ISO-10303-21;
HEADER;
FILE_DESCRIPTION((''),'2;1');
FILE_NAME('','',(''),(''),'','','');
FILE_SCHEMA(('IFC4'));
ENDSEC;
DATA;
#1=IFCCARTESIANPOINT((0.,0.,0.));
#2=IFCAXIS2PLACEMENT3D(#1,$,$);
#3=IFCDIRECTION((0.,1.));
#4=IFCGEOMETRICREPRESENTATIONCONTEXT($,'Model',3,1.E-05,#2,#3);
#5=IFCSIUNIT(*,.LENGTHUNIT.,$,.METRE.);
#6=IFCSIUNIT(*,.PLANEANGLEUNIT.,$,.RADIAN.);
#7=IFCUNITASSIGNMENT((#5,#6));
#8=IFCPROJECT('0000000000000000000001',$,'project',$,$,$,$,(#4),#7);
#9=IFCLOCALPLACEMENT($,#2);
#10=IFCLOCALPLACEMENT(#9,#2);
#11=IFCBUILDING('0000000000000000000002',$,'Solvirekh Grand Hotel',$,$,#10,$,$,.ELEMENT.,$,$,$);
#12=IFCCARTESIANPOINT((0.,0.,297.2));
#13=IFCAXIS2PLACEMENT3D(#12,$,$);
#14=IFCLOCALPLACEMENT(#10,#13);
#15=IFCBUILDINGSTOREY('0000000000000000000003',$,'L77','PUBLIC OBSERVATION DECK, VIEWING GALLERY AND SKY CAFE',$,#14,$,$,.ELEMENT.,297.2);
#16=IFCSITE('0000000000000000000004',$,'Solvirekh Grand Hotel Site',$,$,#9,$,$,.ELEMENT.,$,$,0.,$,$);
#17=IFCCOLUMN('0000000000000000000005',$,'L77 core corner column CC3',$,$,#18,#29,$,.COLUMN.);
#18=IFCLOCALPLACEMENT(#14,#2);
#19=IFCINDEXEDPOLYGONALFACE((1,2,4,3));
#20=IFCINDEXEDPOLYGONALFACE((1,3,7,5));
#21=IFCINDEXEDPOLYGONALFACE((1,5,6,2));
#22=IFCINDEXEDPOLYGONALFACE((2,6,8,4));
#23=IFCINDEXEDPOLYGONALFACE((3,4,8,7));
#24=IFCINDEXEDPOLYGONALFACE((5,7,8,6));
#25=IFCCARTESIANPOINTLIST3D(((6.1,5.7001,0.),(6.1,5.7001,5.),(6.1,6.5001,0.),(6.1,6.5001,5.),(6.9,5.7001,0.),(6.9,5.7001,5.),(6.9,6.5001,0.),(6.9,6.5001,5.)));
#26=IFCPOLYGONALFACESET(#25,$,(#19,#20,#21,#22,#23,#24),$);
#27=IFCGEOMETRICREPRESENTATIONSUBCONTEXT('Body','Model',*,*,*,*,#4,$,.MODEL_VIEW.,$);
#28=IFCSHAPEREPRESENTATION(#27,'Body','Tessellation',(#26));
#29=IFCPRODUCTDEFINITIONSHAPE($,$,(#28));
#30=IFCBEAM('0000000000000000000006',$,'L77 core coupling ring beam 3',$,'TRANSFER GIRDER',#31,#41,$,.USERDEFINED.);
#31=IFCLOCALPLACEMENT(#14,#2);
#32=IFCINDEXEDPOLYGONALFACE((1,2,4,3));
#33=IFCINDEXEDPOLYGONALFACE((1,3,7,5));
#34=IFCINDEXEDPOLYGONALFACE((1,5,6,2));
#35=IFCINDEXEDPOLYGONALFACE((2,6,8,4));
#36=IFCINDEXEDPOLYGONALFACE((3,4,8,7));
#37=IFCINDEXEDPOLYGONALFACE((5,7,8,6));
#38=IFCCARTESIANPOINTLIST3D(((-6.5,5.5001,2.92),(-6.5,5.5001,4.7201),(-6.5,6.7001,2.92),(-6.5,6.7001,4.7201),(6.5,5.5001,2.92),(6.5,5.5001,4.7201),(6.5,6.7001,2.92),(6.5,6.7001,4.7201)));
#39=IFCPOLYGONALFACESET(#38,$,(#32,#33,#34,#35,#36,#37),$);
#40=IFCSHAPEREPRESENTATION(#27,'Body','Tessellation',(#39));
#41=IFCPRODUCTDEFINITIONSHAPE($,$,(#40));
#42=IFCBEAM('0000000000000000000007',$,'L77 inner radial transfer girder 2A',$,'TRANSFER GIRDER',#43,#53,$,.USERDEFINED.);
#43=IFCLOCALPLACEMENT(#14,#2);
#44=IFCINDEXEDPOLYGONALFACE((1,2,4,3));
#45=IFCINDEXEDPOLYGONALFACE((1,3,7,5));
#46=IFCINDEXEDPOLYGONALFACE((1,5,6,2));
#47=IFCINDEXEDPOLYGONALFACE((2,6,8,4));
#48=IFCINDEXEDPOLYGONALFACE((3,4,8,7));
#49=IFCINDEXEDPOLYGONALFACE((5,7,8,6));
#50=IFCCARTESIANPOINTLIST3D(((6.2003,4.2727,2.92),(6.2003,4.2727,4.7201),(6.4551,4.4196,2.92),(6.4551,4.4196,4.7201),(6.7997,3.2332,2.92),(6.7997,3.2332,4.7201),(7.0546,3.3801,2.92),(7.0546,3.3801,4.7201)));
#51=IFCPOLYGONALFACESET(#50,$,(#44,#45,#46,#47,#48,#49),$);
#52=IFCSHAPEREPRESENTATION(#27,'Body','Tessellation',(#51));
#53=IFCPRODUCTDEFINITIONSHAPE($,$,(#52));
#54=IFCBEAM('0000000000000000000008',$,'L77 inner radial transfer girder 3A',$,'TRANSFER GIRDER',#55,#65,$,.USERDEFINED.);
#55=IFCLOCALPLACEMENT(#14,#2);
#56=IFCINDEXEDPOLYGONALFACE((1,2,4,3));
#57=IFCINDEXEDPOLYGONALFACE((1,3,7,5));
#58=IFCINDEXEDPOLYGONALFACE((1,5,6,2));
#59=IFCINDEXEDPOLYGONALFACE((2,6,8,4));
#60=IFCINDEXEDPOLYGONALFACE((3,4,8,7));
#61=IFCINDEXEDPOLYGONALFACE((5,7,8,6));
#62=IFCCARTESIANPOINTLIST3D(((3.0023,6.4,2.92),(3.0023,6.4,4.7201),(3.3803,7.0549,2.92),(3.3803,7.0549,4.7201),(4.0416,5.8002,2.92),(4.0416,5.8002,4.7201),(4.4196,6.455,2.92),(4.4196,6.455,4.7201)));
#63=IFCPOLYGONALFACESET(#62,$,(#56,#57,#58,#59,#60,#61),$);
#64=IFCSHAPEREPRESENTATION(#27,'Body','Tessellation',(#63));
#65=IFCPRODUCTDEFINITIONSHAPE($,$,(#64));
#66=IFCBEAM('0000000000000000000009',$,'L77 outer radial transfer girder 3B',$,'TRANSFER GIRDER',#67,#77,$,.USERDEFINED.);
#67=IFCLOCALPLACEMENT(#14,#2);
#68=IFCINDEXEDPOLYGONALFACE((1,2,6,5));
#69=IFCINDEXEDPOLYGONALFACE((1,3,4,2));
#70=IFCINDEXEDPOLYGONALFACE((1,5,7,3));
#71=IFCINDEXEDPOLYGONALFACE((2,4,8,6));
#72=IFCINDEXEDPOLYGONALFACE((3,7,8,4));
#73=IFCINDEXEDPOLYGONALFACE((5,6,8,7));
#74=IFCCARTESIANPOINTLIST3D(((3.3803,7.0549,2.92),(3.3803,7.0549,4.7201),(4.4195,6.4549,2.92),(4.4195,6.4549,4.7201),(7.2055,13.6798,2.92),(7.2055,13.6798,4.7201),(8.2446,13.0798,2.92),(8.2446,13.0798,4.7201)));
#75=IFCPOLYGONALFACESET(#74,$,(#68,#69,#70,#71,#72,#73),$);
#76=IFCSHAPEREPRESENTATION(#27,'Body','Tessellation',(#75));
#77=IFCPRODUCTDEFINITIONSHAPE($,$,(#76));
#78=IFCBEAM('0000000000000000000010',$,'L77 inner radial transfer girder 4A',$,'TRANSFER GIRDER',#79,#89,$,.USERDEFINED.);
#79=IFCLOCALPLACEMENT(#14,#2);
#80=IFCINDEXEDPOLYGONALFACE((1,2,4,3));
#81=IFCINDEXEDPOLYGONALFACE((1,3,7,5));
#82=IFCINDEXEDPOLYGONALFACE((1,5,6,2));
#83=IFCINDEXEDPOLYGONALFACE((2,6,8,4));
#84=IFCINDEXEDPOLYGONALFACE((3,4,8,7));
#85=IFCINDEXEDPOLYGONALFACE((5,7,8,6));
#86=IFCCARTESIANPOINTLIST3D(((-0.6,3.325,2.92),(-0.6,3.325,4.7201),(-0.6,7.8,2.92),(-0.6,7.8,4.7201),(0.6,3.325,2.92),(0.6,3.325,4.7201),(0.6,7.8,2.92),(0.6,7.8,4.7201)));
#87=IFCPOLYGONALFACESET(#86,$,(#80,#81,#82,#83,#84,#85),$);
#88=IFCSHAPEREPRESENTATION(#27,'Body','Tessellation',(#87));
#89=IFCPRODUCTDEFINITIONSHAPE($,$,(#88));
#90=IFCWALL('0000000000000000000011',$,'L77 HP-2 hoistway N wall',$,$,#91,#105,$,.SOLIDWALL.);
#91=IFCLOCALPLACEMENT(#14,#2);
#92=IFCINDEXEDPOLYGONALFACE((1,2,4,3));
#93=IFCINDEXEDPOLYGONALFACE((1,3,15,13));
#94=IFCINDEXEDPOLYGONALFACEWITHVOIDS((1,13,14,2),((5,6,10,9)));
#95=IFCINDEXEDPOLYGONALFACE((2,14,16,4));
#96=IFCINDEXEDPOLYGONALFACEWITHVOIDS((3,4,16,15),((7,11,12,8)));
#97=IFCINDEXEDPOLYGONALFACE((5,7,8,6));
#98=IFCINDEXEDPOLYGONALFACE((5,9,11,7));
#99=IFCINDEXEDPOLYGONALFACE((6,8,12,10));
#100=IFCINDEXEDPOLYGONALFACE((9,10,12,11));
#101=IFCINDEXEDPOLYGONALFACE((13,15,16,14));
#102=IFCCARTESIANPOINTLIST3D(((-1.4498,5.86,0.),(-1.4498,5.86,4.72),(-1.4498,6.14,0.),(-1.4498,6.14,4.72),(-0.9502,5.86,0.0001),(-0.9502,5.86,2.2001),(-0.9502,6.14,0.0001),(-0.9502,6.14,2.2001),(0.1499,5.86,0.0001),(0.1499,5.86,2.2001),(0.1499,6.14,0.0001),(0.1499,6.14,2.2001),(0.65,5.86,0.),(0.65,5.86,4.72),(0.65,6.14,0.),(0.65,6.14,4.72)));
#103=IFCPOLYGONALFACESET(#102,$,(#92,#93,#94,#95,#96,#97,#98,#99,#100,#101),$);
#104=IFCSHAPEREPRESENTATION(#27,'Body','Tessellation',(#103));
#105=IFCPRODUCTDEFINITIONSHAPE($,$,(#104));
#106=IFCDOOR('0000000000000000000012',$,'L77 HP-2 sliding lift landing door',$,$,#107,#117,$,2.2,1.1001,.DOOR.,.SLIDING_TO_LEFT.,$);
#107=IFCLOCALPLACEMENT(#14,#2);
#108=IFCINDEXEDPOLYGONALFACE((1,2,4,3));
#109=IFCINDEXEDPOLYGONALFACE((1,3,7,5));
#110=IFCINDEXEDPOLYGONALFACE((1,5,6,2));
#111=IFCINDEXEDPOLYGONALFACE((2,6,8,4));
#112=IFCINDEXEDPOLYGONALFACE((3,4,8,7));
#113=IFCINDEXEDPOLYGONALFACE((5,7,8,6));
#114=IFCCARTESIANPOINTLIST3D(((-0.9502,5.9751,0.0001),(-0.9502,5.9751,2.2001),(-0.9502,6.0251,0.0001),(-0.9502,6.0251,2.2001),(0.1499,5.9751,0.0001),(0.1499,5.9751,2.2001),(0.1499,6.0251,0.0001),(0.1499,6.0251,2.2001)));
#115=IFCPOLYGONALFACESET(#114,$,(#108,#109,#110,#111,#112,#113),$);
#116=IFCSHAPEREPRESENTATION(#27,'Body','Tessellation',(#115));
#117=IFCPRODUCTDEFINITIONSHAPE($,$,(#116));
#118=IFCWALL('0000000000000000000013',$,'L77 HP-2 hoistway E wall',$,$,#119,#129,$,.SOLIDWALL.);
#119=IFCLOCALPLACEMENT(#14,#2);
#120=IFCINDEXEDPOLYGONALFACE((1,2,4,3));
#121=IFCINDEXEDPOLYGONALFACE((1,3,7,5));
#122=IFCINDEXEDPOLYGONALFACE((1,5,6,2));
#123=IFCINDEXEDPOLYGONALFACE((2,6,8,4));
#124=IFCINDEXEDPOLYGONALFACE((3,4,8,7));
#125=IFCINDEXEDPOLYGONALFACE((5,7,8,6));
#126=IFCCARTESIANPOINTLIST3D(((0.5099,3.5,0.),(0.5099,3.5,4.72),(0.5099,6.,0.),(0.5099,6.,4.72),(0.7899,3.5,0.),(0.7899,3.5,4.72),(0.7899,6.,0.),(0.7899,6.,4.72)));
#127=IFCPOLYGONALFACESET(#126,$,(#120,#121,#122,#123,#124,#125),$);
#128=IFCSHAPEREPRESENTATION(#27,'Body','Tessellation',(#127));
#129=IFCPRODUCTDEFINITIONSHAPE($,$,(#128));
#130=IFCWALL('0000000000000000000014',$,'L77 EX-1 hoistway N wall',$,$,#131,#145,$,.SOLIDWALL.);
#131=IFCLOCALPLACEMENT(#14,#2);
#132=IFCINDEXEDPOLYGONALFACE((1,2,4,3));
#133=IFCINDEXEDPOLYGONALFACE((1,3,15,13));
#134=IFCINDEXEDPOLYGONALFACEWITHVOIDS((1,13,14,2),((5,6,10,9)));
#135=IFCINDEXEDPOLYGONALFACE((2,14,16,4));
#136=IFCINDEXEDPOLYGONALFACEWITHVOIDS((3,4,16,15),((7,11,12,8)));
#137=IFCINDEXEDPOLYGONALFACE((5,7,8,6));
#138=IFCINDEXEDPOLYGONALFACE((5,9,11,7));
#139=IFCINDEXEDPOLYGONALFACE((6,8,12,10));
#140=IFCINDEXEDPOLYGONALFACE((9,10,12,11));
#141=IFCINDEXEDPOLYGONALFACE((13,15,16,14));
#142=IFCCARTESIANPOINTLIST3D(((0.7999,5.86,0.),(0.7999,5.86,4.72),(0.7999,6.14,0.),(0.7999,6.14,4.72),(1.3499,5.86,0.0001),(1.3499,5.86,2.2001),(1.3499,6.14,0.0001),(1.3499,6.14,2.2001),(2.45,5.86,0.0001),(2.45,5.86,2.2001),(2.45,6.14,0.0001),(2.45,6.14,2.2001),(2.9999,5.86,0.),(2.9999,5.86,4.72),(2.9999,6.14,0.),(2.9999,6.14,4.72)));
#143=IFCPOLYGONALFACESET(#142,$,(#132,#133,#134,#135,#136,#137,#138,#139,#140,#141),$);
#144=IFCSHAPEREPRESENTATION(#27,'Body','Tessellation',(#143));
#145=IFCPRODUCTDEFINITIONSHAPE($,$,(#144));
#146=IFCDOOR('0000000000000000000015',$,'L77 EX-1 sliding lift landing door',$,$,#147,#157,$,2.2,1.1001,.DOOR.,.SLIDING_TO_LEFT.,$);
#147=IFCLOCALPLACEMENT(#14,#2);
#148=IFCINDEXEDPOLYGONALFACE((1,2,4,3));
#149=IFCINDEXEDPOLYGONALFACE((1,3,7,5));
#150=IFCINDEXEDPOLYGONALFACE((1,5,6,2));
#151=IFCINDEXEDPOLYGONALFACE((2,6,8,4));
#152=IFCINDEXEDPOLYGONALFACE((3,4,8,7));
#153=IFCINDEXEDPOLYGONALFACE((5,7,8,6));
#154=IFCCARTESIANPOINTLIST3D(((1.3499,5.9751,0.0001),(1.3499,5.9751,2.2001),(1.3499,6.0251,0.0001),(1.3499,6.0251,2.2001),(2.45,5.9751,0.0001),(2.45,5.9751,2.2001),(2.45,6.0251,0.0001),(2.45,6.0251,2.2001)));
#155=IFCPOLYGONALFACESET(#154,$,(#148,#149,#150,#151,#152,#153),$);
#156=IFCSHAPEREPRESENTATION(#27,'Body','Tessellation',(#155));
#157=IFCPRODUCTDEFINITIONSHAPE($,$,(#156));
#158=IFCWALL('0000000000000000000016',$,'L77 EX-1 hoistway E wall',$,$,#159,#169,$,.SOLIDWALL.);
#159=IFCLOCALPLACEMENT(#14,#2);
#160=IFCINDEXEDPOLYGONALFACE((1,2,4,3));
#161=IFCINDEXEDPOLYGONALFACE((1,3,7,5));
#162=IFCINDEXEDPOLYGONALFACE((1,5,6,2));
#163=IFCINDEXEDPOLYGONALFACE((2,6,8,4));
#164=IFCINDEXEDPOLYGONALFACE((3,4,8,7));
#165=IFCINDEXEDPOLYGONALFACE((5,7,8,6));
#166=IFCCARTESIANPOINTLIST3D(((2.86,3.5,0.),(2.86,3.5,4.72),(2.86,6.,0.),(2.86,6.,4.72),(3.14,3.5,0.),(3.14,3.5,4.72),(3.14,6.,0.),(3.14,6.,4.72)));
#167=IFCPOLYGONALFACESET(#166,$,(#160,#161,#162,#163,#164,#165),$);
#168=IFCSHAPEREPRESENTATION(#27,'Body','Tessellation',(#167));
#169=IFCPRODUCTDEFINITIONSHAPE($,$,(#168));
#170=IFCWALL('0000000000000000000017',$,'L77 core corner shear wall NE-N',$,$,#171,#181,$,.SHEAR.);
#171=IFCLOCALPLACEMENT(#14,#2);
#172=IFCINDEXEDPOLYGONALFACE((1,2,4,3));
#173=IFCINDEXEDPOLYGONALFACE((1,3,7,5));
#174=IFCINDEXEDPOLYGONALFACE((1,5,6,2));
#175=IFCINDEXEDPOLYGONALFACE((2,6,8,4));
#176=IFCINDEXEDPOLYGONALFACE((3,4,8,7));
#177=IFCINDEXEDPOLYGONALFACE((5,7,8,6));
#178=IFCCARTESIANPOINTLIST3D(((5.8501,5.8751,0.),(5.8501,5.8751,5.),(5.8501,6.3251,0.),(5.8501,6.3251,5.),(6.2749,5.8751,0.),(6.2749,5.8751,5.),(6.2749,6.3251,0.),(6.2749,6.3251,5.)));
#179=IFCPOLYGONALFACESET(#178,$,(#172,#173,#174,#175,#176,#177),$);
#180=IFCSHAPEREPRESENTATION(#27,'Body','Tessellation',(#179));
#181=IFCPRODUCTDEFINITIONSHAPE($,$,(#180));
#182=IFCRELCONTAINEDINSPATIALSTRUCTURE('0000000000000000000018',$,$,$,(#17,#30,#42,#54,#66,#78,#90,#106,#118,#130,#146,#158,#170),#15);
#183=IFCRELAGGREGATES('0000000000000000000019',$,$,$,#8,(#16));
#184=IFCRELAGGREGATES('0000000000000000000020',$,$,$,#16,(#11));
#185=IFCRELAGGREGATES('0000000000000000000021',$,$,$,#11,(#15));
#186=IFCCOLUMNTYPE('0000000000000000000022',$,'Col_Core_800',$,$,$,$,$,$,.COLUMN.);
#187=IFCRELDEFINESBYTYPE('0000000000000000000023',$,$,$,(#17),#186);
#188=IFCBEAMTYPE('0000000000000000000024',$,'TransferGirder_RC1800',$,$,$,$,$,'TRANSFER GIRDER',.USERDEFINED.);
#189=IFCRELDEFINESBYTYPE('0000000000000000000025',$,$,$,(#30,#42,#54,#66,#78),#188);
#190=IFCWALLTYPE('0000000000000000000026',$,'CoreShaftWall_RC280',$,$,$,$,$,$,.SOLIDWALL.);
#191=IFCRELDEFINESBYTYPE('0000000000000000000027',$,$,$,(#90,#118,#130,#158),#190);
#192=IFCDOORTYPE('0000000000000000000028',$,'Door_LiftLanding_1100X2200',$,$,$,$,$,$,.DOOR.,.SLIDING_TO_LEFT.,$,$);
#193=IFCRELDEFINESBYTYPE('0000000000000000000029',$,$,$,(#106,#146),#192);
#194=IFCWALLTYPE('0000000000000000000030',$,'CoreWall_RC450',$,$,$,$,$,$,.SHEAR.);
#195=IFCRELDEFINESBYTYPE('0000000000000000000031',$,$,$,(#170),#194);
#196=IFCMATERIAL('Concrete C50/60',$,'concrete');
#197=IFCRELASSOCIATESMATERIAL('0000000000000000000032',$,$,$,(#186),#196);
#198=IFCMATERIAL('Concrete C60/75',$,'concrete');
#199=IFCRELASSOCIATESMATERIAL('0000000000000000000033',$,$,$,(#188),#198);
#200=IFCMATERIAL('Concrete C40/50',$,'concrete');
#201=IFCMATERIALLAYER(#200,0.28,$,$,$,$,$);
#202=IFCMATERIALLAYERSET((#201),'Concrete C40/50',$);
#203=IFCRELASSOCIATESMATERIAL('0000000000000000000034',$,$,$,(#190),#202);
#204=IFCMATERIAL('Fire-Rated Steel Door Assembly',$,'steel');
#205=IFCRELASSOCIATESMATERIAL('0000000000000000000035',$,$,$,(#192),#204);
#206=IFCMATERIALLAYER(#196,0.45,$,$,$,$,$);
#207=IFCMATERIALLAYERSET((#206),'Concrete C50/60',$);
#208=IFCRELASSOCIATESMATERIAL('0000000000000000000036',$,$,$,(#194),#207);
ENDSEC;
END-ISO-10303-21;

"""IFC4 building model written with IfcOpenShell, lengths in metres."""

from ifc_helpers import new_model, si_unit, direction, frame, frame_2d, origin, origin_2d, place, context, subcontext, project, spatial, rectangle, extrude, material, layer, layer_set, material_profile, profile_set, type_object, element, fill, save


model = new_model("IFC4")

# Units and contexts
model_context = context("Model", 3, precision=1e-05, world=origin(), true_north=direction((0.0, 1.0)))
body_context = subcontext(model_context, "Body", "Model", "MODEL_VIEW")
ifc_project = project(units=[si_unit("LENGTHUNIT", "METRE"), si_unit("PLANEANGLEUNIT", "RADIAN")], contexts=[model_context])

# Site, building, storey
site_placement = place(None, origin())
site = spatial("IfcSite", under=ifc_project, at=site_placement, Name="Solvirekh Grand Hotel Site", CompositionType="ELEMENT", RefElevation=0.0)
building_placement = place(site_placement, origin())
building = spatial("IfcBuilding", under=site, at=building_placement, Name="Solvirekh Grand Hotel", CompositionType="ELEMENT")
storey_placement = place(building_placement, frame((0.0, 0.0, 297.2)))
storey = spatial("IfcBuildingStorey", under=building, at=storey_placement, Name="L77", Description="PUBLIC OBSERVATION DECK, VIEWING GALLERY AND SKY CAFE", CompositionType="ELEMENT", Elevation=297.2)

# Column
ifc_material_1 = material(Name="Concrete C50/60", Category="concrete")
ifc_material_profile_1 = material_profile(ifc_material_1, rectangle(XDim=0.8, YDim=0.8, at=origin_2d()), Name="RC 800X800")
ifc_profile_set_1 = profile_set([ifc_material_profile_1], Name="Concrete C50/60")
column_type = type_object("IfcColumnType", Name="Col_Core_800", PredefinedType="COLUMN", material=ifc_profile_set_1)
column_placement = place(storey_placement, frame((6.5, 6.1001, 0.0), z_axis=(0.0, 0.0, 1.0), x_axis=(1.0, 0.0, 0.0)))
element("IfcColumn", 1, at=column_placement, inside=storey, type_object=column_type, Name="L77 core corner column CC3", PredefinedType="COLUMN", context=body_context, shape_type="SweptSolid", body=[
    extrude(rectangle(XDim=0.8, YDim=0.8, at=origin_2d()), origin(), (0.0, 0.0, 1.0), 5.0),
])

# Beams
ifc_material_2 = material(Name="Concrete C60/75", Category="concrete")
ifc_material_profile_2 = material_profile(ifc_material_2, rectangle(XDim=1.2, YDim=1.8, at=origin_2d()), Name="RC GIRDER 1200X1800")
ifc_profile_set_2 = profile_set([ifc_material_profile_2], Name="Concrete C60/75")
beam_type = type_object("IfcBeamType", Name="TransferGirder_RC1800", ElementType="TRANSFER GIRDER", PredefinedType="USERDEFINED", material=ifc_profile_set_2)
beam_1_placement = place(storey_placement, frame((6.5, 6.1001, 3.8201), z_axis=(-1.0, 0.0, 0.0), x_axis=(0.0, -1.0, 0.0)))
element("IfcBeam", 2, at=beam_1_placement, inside=storey, type_object=beam_type, Name="L77 core coupling ring beam 3", ObjectType="TRANSFER GIRDER", PredefinedType="USERDEFINED", context=body_context, shape_type="SweptSolid", body=[
    extrude(rectangle(XDim=1.2, YDim=1.8, at=origin_2d()), origin(), (0.0, 0.0, 1.0), 13.0),
])
beam_2_placement = place(storey_placement, frame((6.5, 3.7529, 3.8201), z_axis=(0.866296, 0.499531, 0.0), x_axis=(-0.499531, 0.866296, 0.0)))
element("IfcBeam", 3, at=beam_2_placement, inside=storey, type_object=beam_type, Name="L77 inner radial transfer girder 2A", ObjectType="TRANSFER GIRDER", PredefinedType="USERDEFINED", context=body_context, shape_type="SweptSolid", body=[
    extrude(rectangle(XDim=1.2, YDim=1.8, at=origin_2d()), origin(), (0.0, 0.0, 1.0), 0.2942),
])
beam_3_placement = place(storey_placement, frame((3.522, 6.1001, 3.8201), z_axis=(0.49989, 0.866089, 0.0), x_axis=(-0.866089, 0.49989, 0.0)))
element("IfcBeam", 4, at=beam_3_placement, inside=storey, type_object=beam_type, Name="L77 inner radial transfer girder 3A", ObjectType="TRANSFER GIRDER", PredefinedType="USERDEFINED", context=body_context, shape_type="SweptSolid", body=[
    extrude(rectangle(XDim=1.2, YDim=1.8, at=origin_2d()), origin(), (0.0, 0.0, 1.0), 0.7561),
])
beam_4_placement = place(storey_placement, frame((3.8999, 6.7549, 3.8201), z_axis=(0.500024, 0.866011, 0.0), x_axis=(-0.866011, 0.500024, 0.0)))
element("IfcBeam", 5, at=beam_4_placement, inside=storey, type_object=beam_type, Name="L77 outer radial transfer girder 3B", ObjectType="TRANSFER GIRDER", PredefinedType="USERDEFINED", context=body_context, shape_type="SweptSolid", body=[
    extrude(rectangle(XDim=1.2, YDim=1.8, at=origin_2d()), origin(), (0.0, 0.0, 1.0), 7.6499),
])
beam_5_placement = place(storey_placement, frame((0.0, 3.325, 3.8201), z_axis=(0.0, 1.0, 0.0), x_axis=(-1.0, 0.0, 0.0)))
element("IfcBeam", 6, at=beam_5_placement, inside=storey, type_object=beam_type, Name="L77 inner radial transfer girder 4A", ObjectType="TRANSFER GIRDER", PredefinedType="USERDEFINED", context=body_context, shape_type="SweptSolid", body=[
    extrude(rectangle(XDim=1.2, YDim=1.8, at=origin_2d()), origin(), (0.0, 0.0, 1.0), 4.4751),
])

# Wall, opening, door
ifc_material_3 = material(Name="Concrete C40/50", Category="concrete")
ifc_layer_1 = layer(ifc_material_3, 0.28)
ifc_layer_set_1 = layer_set([ifc_layer_1], Name="Concrete C40/50")
wall_type_1 = type_object("IfcWallType", Name="CoreShaftWall_RC280", PredefinedType="SOLIDWALL", material=ifc_layer_set_1)
wall_1_placement = place(storey_placement, frame((0.6499, 6.0, 0.0), z_axis=(0.0, 0.0, 1.0), x_axis=(-1.0, 0.0, 0.0)))
wall_1 = element("IfcWall", 7, at=wall_1_placement, inside=storey, type_object=wall_type_1, Name="L77 HP-2 hoistway N wall", PredefinedType="SOLIDWALL", context=body_context, shape_type="SweptSolid", body=[
    extrude(rectangle(XDim=2.0999, YDim=0.28, at=frame_2d((1.0498, 0.0))), origin(), (0.0, 0.0, 1.0), 4.72),
])
opening_1_placement = place(wall_1_placement, frame((0.5, 0.0, 0.0)))
opening_1 = element("IfcOpeningElement", 8, at=opening_1_placement, cuts=wall_1, PredefinedType="OPENING", context=body_context, shape_type="SweptSolid", body=[
    extrude(rectangle(XDim=1.1001, YDim=2.2, at=frame_2d((0.55, 1.1001))), frame((0.0, 0.1499, 0.0), z_axis=(0.0, -1.0, 0.0), x_axis=(1.0, 0.0, 0.0)), (0.0, 0.0, 1.0), 0.3),
])
ifc_material_4 = material(Name="Fire-Rated Steel Door Assembly", Category="steel")
door_type = type_object("IfcDoorType", Name="Door_LiftLanding_1100X2200", OperationType="SLIDING_TO_LEFT", PredefinedType="DOOR", material=ifc_material_4)
door_1_placement = place(opening_1_placement, origin())
door_1 = element("IfcDoor", 9, at=door_1_placement, inside=storey, type_object=door_type, Name="L77 HP-2 sliding lift landing door", OperationType="SLIDING_TO_LEFT", OverallHeight=2.2, OverallWidth=1.1001, PredefinedType="DOOR", context=body_context, shape_type="SweptSolid", body=[
    extrude(rectangle(XDim=1.1001, YDim=2.2, at=frame_2d((0.55, 1.1001))), frame((0.0, 0.0249, 0.0), z_axis=(0.0, -1.0, 0.0), x_axis=(1.0, 0.0, 0.0)), (0.0, 0.0, 1.0), 0.05),
])
fill(opening_1, door_1)

# Wall
wall_2_placement = place(storey_placement, frame((0.6499, 3.5, 0.0), z_axis=(0.0, 0.0, 1.0), x_axis=(0.0, 1.0, 0.0)))
element("IfcWall", 10, at=wall_2_placement, inside=storey, type_object=wall_type_1, Name="L77 HP-2 hoistway E wall", PredefinedType="SOLIDWALL", context=body_context, shape_type="SweptSolid", body=[
    extrude(rectangle(XDim=2.5, YDim=0.28, at=frame_2d((1.25, 0.0))), origin(), (0.0, 0.0, 1.0), 4.72),
])

# Wall, opening, door
wall_3_placement = place(storey_placement, frame((3.0, 6.0, 0.0), z_axis=(0.0, 0.0, 1.0), x_axis=(-1.0, 0.0, 0.0)))
wall_3 = element("IfcWall", 11, at=wall_3_placement, inside=storey, type_object=wall_type_1, Name="L77 EX-1 hoistway N wall", PredefinedType="SOLIDWALL", context=body_context, shape_type="SweptSolid", body=[
    extrude(rectangle(XDim=2.2, YDim=0.28, at=frame_2d((1.1001, 0.0))), origin(), (0.0, 0.0, 1.0), 4.72),
])
opening_2_placement = place(wall_3_placement, frame((0.55, 0.0, 0.0)))
opening_2 = element("IfcOpeningElement", 12, at=opening_2_placement, cuts=wall_3, PredefinedType="OPENING", context=body_context, shape_type="SweptSolid", body=[
    extrude(rectangle(XDim=1.1001, YDim=2.2, at=frame_2d((0.55, 1.1001))), frame((0.0, 0.1499, 0.0), z_axis=(0.0, -1.0, 0.0), x_axis=(1.0, 0.0, 0.0)), (0.0, 0.0, 1.0), 0.3),
])
door_2_placement = place(opening_2_placement, origin())
door_2 = element("IfcDoor", 13, at=door_2_placement, inside=storey, type_object=door_type, Name="L77 EX-1 sliding lift landing door", OperationType="SLIDING_TO_LEFT", OverallHeight=2.2, OverallWidth=1.1001, PredefinedType="DOOR", context=body_context, shape_type="SweptSolid", body=[
    extrude(rectangle(XDim=1.1001, YDim=2.2, at=frame_2d((0.55, 1.1001))), frame((0.0, 0.0249, 0.0), z_axis=(0.0, -1.0, 0.0), x_axis=(1.0, 0.0, 0.0)), (0.0, 0.0, 1.0), 0.05),
])
fill(opening_2, door_2)

# Walls
wall_4_placement = place(storey_placement, frame((3.0, 3.5, 0.0), z_axis=(0.0, 0.0, 1.0), x_axis=(0.0, 1.0, 0.0)))
element("IfcWall", 14, at=wall_4_placement, inside=storey, type_object=wall_type_1, Name="L77 EX-1 hoistway E wall", PredefinedType="SOLIDWALL", context=body_context, shape_type="SweptSolid", body=[
    extrude(rectangle(XDim=2.5, YDim=0.28, at=frame_2d((1.25, 0.0))), origin(), (0.0, 0.0, 1.0), 4.72),
])
ifc_layer_2 = layer(ifc_material_1, 0.45)
ifc_layer_set_2 = layer_set([ifc_layer_2], Name="Concrete C50/60")
wall_type_2 = type_object("IfcWallType", Name="CoreWall_RC450", PredefinedType="SHEAR", material=ifc_layer_set_2)
wall_5_placement = place(storey_placement, frame((5.8501, 6.1001, 0.0), z_axis=(0.0, 0.0, 1.0), x_axis=(1.0, 0.0, 0.0)))
element("IfcWall", 15, at=wall_5_placement, inside=storey, type_object=wall_type_2, Name="L77 core corner shear wall NE-N", PredefinedType="SHEAR", context=body_context, shape_type="SweptSolid", body=[
    extrude(rectangle(XDim=0.4248, YDim=0.45, at=frame_2d((0.2124, 0.0))), origin(), (0.0, 0.0, 1.0), 5.0),
])

save(model, "model.ifc")
